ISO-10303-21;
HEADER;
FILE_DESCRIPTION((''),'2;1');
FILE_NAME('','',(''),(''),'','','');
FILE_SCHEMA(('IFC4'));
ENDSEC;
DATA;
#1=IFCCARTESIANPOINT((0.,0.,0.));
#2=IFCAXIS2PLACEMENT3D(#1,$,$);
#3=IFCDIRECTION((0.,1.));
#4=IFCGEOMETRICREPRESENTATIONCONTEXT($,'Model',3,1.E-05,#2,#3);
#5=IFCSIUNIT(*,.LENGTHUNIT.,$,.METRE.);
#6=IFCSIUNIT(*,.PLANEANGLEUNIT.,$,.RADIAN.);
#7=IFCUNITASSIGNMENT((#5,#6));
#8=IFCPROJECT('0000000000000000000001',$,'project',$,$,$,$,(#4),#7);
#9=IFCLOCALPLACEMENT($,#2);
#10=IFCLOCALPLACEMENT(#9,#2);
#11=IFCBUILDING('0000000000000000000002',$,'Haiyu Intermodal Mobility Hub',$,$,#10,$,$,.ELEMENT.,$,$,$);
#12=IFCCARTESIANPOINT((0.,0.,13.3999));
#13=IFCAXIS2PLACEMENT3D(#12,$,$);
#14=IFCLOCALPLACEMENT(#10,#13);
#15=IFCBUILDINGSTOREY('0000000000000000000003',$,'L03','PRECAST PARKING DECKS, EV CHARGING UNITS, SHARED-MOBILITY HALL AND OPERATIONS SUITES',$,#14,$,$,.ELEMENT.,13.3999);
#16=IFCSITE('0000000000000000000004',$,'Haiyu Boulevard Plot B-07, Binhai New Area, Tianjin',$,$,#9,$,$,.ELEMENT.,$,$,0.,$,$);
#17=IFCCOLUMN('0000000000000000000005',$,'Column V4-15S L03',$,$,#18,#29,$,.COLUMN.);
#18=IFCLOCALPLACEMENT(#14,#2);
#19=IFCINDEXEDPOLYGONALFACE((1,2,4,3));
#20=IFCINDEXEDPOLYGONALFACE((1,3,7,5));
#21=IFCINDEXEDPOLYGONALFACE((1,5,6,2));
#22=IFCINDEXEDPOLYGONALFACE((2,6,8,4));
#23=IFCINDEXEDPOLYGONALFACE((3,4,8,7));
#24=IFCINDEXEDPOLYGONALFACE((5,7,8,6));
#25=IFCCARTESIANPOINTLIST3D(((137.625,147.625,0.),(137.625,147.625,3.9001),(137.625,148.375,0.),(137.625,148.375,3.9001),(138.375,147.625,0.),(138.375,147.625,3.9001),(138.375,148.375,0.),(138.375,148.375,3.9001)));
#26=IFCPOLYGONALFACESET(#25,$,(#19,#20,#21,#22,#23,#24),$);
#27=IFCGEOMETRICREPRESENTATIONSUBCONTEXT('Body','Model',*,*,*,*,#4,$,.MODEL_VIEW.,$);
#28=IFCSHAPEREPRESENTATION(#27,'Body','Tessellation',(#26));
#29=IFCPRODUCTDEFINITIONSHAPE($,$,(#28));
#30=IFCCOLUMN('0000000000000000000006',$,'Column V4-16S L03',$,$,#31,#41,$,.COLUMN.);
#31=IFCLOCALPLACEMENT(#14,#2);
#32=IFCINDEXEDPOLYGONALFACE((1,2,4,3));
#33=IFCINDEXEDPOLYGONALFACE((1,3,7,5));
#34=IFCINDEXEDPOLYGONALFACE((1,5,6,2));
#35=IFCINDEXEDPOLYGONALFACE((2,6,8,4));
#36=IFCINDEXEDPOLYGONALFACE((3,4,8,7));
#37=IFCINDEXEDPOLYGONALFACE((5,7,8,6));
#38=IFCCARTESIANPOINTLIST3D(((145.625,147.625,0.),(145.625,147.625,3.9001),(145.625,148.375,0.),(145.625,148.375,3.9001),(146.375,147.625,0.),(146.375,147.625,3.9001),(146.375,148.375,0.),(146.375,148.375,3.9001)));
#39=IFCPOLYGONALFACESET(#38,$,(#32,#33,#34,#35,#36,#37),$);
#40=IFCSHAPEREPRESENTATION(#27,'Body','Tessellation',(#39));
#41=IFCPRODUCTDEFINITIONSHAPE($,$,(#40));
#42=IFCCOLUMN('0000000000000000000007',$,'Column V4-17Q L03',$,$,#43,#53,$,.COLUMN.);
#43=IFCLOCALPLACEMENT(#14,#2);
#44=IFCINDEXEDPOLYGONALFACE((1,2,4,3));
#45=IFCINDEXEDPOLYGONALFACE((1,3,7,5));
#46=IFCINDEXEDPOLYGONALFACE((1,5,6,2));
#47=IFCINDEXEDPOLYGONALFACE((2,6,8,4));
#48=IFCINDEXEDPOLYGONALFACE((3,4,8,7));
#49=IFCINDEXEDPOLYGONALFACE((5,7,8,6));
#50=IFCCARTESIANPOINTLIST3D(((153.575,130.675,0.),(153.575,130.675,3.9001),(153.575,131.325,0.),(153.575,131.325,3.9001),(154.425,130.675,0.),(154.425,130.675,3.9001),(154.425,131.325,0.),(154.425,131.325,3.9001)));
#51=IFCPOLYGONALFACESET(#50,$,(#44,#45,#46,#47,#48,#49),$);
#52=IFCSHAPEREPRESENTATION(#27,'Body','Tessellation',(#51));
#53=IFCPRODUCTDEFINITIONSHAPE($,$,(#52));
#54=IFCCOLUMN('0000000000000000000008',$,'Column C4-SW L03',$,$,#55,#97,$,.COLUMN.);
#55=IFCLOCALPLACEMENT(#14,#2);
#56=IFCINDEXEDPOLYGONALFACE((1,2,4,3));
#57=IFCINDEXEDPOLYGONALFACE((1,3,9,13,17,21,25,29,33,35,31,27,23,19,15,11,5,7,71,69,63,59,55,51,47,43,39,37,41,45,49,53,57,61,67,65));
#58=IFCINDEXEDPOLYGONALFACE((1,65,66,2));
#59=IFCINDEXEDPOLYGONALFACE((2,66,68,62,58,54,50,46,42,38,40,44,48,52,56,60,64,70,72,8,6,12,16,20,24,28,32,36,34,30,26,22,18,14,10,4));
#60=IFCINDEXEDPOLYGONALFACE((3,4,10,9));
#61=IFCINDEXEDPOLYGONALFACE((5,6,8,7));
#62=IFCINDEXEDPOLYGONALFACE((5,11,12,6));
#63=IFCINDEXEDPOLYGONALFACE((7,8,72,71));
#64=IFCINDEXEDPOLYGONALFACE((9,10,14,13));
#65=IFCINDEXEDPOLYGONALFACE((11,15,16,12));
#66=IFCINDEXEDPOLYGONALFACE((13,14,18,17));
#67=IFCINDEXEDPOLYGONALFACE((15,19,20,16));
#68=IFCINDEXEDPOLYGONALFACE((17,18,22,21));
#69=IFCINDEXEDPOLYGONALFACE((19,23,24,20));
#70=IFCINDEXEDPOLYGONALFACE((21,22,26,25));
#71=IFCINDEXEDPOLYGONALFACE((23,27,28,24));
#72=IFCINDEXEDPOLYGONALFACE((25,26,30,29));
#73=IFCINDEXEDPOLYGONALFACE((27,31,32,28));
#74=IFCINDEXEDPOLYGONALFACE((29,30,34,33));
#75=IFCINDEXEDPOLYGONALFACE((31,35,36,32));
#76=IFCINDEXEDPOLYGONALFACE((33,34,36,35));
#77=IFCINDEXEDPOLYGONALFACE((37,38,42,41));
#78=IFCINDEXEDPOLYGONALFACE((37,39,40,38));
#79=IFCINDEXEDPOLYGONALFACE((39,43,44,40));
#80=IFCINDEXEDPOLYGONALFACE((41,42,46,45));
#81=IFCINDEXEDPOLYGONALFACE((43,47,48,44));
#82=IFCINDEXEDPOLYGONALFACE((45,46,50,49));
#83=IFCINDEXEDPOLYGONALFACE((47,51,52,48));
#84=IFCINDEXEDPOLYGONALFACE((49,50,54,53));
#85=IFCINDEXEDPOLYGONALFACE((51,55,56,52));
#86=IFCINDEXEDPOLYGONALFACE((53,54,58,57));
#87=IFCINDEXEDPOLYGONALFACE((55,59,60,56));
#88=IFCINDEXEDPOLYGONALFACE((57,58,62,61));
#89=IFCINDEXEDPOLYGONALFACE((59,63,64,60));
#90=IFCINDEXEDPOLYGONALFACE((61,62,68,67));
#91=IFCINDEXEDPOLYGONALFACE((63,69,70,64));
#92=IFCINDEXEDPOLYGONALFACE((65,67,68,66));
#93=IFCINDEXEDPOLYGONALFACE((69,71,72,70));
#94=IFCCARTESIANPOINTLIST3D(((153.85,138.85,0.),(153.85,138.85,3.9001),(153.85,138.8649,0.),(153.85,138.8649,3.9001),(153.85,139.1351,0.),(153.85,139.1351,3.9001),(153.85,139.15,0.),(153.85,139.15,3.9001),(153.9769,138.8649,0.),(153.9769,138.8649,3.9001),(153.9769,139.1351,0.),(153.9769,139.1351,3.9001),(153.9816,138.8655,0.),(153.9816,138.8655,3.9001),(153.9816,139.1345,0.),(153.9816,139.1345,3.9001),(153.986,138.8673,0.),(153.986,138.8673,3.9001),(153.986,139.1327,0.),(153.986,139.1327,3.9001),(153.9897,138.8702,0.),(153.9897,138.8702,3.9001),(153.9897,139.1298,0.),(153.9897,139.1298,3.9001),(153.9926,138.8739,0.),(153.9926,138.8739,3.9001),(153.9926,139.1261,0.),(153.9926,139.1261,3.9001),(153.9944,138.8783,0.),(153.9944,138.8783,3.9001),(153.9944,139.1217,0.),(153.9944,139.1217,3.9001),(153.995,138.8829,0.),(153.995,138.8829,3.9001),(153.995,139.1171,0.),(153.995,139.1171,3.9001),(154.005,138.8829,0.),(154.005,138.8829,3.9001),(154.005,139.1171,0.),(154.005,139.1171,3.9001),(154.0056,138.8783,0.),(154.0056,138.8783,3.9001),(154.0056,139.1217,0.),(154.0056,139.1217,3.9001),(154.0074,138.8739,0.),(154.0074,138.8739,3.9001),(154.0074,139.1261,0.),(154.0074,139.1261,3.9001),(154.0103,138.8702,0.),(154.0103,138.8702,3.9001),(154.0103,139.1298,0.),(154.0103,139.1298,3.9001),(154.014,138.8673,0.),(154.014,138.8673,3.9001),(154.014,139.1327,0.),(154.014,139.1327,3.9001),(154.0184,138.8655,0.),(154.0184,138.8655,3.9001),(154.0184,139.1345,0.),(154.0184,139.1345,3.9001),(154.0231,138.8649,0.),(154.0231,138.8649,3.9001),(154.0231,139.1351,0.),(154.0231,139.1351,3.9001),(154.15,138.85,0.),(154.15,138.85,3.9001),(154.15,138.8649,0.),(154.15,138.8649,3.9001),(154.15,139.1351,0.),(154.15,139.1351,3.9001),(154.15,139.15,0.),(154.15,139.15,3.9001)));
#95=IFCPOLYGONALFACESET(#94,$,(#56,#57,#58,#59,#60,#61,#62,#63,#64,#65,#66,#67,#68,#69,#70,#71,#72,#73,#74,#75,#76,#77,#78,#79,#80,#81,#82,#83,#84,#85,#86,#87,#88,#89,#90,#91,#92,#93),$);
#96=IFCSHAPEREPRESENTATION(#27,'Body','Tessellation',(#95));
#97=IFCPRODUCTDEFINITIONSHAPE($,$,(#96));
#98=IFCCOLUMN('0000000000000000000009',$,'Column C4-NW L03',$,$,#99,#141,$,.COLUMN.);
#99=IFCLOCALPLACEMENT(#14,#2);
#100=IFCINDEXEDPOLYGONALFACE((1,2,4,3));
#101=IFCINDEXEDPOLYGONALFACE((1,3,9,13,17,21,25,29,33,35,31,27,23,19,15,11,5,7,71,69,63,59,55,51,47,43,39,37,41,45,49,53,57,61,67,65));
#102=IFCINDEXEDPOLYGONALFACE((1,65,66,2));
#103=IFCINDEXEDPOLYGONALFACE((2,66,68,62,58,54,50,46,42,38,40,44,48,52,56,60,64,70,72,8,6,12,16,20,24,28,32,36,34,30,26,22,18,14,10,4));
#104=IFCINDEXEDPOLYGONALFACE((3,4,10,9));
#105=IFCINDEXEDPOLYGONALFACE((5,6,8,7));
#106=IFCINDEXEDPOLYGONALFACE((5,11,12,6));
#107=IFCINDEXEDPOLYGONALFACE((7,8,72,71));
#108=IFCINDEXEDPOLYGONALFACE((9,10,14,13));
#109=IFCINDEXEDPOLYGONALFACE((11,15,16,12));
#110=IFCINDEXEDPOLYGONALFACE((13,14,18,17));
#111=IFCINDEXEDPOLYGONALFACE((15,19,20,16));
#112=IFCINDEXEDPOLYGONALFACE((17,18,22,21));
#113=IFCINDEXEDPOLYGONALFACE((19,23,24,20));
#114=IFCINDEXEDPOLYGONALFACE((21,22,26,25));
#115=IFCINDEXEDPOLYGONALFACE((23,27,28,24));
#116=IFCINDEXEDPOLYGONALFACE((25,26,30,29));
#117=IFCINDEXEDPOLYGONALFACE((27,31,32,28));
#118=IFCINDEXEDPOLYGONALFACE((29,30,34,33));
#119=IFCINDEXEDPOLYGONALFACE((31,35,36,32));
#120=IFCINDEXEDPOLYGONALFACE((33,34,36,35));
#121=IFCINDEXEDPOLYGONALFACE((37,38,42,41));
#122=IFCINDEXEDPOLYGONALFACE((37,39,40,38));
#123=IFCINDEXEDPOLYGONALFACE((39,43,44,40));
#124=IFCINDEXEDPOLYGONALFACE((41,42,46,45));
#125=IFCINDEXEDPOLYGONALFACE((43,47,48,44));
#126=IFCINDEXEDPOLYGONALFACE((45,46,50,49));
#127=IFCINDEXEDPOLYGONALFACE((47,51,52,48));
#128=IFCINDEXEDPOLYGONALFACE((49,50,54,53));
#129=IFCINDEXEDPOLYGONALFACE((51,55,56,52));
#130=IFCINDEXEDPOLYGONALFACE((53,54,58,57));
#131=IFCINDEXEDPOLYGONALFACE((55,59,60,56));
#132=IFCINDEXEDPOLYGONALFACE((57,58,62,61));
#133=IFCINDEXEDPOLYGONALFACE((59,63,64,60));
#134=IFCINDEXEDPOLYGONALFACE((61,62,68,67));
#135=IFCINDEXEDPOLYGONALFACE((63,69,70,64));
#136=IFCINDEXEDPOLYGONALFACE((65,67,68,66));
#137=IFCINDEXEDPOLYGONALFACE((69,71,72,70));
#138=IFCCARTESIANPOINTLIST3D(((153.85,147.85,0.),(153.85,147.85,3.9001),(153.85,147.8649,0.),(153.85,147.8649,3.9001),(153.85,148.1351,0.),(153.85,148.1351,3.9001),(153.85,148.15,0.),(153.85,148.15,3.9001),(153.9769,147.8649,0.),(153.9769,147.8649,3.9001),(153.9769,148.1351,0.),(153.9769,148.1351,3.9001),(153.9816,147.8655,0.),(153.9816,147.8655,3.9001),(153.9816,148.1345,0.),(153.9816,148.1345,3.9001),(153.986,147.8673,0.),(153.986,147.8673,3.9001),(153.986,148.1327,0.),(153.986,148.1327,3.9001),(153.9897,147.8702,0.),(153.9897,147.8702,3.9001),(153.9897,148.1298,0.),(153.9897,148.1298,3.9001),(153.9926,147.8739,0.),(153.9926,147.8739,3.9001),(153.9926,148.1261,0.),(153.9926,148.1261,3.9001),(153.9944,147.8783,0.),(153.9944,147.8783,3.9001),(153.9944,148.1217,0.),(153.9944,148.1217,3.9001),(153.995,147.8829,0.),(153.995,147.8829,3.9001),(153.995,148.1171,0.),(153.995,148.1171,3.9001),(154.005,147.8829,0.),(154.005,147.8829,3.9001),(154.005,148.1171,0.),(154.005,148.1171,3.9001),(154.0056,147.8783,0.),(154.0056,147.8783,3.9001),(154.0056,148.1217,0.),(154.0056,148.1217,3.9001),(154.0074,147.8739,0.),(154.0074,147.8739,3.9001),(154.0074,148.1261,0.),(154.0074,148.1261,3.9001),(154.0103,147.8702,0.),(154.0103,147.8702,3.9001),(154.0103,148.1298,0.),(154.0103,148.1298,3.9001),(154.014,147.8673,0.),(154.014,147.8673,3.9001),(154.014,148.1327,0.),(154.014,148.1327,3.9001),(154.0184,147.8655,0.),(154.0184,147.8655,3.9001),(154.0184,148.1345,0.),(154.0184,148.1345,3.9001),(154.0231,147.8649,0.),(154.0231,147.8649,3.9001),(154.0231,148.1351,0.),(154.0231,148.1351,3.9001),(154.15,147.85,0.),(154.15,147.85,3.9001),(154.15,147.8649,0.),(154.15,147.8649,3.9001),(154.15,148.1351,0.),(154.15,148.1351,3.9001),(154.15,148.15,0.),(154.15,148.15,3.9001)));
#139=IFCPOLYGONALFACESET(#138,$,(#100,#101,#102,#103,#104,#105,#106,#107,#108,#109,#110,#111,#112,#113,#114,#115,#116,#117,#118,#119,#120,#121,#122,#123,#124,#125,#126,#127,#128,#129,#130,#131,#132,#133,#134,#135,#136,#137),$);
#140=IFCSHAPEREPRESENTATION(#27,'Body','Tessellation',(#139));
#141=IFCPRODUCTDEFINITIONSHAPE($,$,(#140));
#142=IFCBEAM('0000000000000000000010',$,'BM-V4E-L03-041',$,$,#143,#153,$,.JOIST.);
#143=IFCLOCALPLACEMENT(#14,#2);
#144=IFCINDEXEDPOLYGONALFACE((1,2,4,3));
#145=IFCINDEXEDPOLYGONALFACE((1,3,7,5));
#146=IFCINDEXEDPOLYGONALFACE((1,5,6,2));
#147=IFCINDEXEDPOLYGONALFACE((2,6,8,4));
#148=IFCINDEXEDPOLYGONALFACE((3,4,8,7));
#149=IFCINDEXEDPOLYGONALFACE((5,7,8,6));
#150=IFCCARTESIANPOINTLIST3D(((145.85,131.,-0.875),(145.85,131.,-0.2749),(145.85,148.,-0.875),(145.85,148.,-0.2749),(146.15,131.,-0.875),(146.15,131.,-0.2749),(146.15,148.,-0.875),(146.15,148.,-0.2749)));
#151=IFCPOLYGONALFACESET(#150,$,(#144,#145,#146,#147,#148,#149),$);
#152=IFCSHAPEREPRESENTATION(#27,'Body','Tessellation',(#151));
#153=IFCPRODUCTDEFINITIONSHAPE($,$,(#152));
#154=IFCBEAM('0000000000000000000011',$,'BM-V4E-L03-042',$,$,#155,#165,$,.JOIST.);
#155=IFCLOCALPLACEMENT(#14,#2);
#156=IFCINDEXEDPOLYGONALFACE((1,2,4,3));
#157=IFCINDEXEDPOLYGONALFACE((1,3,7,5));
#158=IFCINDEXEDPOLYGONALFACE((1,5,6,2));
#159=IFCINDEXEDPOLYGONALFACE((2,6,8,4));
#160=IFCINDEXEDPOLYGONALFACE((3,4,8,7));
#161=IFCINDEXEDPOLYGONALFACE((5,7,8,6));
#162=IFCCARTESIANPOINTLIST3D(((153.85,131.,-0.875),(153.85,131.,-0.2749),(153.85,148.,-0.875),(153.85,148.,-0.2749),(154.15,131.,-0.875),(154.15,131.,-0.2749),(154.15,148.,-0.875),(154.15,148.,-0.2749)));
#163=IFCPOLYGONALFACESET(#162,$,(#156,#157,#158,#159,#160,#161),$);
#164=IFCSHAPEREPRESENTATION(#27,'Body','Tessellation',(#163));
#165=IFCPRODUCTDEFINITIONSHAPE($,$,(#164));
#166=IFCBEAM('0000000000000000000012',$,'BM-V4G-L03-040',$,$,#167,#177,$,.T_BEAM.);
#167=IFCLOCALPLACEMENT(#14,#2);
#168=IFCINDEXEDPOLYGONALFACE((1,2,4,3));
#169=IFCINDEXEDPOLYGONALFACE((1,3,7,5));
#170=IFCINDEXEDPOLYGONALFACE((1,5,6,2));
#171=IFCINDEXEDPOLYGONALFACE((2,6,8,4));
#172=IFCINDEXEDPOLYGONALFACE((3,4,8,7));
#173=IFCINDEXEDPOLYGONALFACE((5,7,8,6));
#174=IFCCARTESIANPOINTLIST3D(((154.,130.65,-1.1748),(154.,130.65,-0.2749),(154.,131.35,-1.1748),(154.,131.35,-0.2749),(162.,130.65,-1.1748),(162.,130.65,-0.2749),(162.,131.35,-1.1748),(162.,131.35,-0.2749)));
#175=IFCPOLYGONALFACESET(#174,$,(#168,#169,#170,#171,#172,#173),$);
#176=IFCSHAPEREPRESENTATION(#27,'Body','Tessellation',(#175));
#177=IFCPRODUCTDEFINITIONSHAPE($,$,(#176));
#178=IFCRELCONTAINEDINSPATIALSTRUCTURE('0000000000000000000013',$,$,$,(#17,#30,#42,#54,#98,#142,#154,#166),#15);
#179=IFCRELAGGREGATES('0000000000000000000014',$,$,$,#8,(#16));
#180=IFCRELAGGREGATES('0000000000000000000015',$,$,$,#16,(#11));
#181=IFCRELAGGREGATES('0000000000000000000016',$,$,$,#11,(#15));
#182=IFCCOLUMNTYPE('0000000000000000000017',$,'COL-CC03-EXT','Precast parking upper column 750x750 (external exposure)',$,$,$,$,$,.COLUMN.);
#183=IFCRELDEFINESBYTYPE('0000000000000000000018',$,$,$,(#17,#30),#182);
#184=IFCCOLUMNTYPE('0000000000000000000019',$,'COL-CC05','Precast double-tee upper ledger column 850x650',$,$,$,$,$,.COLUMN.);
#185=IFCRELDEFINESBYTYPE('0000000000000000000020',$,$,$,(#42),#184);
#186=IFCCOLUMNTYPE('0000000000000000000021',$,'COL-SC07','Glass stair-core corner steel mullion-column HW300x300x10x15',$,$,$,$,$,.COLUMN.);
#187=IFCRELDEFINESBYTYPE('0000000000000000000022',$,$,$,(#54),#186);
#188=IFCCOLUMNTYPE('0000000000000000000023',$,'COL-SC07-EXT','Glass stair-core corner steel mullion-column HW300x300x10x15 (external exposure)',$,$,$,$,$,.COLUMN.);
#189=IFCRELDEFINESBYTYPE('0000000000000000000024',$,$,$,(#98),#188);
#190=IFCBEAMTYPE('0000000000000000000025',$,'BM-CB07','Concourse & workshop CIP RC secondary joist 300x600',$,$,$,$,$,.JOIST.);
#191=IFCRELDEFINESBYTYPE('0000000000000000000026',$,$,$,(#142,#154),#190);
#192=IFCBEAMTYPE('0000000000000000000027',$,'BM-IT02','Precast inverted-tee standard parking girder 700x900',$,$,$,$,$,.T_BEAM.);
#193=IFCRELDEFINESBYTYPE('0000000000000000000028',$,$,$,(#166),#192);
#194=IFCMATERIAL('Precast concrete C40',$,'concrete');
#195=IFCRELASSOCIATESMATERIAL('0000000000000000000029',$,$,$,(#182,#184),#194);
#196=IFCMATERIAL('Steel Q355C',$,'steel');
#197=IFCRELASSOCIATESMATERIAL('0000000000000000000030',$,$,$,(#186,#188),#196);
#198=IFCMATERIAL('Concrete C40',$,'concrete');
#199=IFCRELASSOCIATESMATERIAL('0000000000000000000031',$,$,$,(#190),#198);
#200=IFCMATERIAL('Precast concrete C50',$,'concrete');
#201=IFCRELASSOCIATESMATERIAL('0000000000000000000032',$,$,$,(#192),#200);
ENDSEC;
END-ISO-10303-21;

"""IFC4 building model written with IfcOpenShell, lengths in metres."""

from ifc_helpers import new_model, si_unit, direction, frame, origin, origin_2d, place, context, subcontext, project, spatial, rectangle, i_section, extrude, material, material_profile, profile_set, type_object, element, save


model = new_model("IFC4")

# Units and contexts
model_context = context("Model", 3, precision=1e-05, world=origin(), true_north=direction((0.0, 1.0)))
body_context = subcontext(model_context, "Body", "Model", "MODEL_VIEW")
ifc_project = project(units=[si_unit("LENGTHUNIT", "METRE"), si_unit("PLANEANGLEUNIT", "RADIAN")], contexts=[model_context])

# Site, building, storey
site_placement = place(None, origin())
site = spatial("IfcSite", under=ifc_project, at=site_placement, Name="Haiyu Boulevard Plot B-07, Binhai New Area, Tianjin", CompositionType="ELEMENT", RefElevation=0.0)
building_placement = place(site_placement, origin())
building = spatial("IfcBuilding", under=site, at=building_placement, Name="Haiyu Intermodal Mobility Hub", CompositionType="ELEMENT")
storey_placement = place(building_placement, frame((0.0, 0.0, 13.3999)))
storey = spatial("IfcBuildingStorey", under=building, at=storey_placement, Name="L03", Description="PRECAST PARKING DECKS, EV CHARGING UNITS, SHARED-MOBILITY HALL AND OPERATIONS SUITES", CompositionType="ELEMENT", Elevation=13.3999)

# Columns
ifc_material_1 = material(Name="Precast concrete C40", Category="concrete")
ifc_material_profile_1 = material_profile(ifc_material_1, rectangle(XDim=0.75, YDim=0.75, at=origin_2d()), Name="RC750x750")
ifc_profile_set_1 = profile_set([ifc_material_profile_1], Name="Precast concrete C40")
column_type_1 = type_object("IfcColumnType", Name="COL-CC03-EXT", Description="Precast parking upper column 750x750 (external exposure)", PredefinedType="COLUMN", material=ifc_profile_set_1)
for number, where, z_axis, x_axis, name in (
    (1, (138.0, 148.0, 0.0), (0.0, 0.0, 1.0), (1.0, 0.0, 0.0), "Column V4-15S L03"),
    (2, (146.0, 148.0, 0.0), (0.0, 0.0, 1.0), (1.0, 0.0, 0.0), "Column V4-16S L03"),
):
    element("IfcColumn", number, at=place(storey_placement, frame(where, z_axis=z_axis, x_axis=x_axis)), inside=storey, type_object=column_type_1, Name=name, PredefinedType="COLUMN", context=body_context, shape_type="SweptSolid", body=[
        extrude(rectangle(XDim=0.75, YDim=0.75, at=origin_2d()), origin(), (0.0, 0.0, 1.0), 3.9001),
    ])
ifc_material_profile_2 = material_profile(ifc_material_1, rectangle(XDim=0.8501, YDim=0.6499, at=origin_2d()), Name="RC850x650")
ifc_profile_set_2 = profile_set([ifc_material_profile_2], Name="Precast concrete C40")
column_type_2 = type_object("IfcColumnType", Name="COL-CC05", Description="Precast double-tee upper ledger column 850x650", PredefinedType="COLUMN", material=ifc_profile_set_2)
column_1_placement = place(storey_placement, frame((154.0, 131.0, 0.0), z_axis=(0.0, 0.0, 1.0), x_axis=(1.0, 0.0, 0.0)))
element("IfcColumn", 3, at=column_1_placement, inside=storey, type_object=column_type_2, Name="Column V4-17Q L03", PredefinedType="COLUMN", context=body_context, shape_type="SweptSolid", body=[
    extrude(rectangle(XDim=0.8501, YDim=0.6499, at=origin_2d()), origin(), (0.0, 0.0, 1.0), 3.9001),
])
ifc_material_2 = material(Name="Steel Q355C", Category="steel")
ifc_material_profile_3 = material_profile(ifc_material_2, i_section(OverallWidth=0.3, OverallDepth=0.3, WebThickness=0.01, FlangeThickness=0.0149, FilletRadius=0.0181, at=origin_2d()), Name="HW300x300x10x15")
ifc_profile_set_3 = profile_set([ifc_material_profile_3], Name="Steel Q355C")
column_type_3 = type_object("IfcColumnType", Name="COL-SC07", Description="Glass stair-core corner steel mullion-column HW300x300x10x15", PredefinedType="COLUMN", material=ifc_profile_set_3)
column_2_placement = place(storey_placement, frame((154.0, 139.0, 0.0), z_axis=(0.0, 0.0, 1.0), x_axis=(1.0, 0.0, 0.0)))
element("IfcColumn", 4, at=column_2_placement, inside=storey, type_object=column_type_3, Name="Column C4-SW L03", PredefinedType="COLUMN", context=body_context, shape_type="SweptSolid", body=[
    extrude(i_section(OverallWidth=0.3, OverallDepth=0.3, WebThickness=0.01, FlangeThickness=0.0149, FilletRadius=0.0181, at=origin_2d()), origin(), (0.0, 0.0, 1.0), 3.9001),
])
ifc_material_profile_4 = material_profile(ifc_material_2, i_section(OverallWidth=0.3, OverallDepth=0.3, WebThickness=0.01, FlangeThickness=0.0149, FilletRadius=0.0181, at=origin_2d()), Name="HW300x300x10x15")
ifc_profile_set_4 = profile_set([ifc_material_profile_4], Name="Steel Q355C")
column_type_4 = type_object("IfcColumnType", Name="COL-SC07-EXT", Description="Glass stair-core corner steel mullion-column HW300x300x10x15 (external exposure)", PredefinedType="COLUMN", material=ifc_profile_set_4)
column_3_placement = place(storey_placement, frame((154.0, 148.0, 0.0), z_axis=(0.0, 0.0, 1.0), x_axis=(1.0, 0.0, 0.0)))
element("IfcColumn", 5, at=column_3_placement, inside=storey, type_object=column_type_4, Name="Column C4-NW L03", PredefinedType="COLUMN", context=body_context, shape_type="SweptSolid", body=[
    extrude(i_section(OverallWidth=0.3, OverallDepth=0.3, WebThickness=0.01, FlangeThickness=0.0149, FilletRadius=0.0181, at=origin_2d()), origin(), (0.0, 0.0, 1.0), 3.9001),
])

# Beams
ifc_material_3 = material(Name="Concrete C40", Category="concrete")
ifc_material_profile_5 = material_profile(ifc_material_3, rectangle(XDim=0.3, YDim=0.6001, at=origin_2d()), Name="RCB300x600")
ifc_profile_set_5 = profile_set([ifc_material_profile_5], Name="Concrete C40")
beam_type_1 = type_object("IfcBeamType", Name="BM-CB07", Description="Concourse & workshop CIP RC secondary joist 300x600", PredefinedType="JOIST", material=ifc_profile_set_5)
for number, where, z_axis, x_axis, name in (
    (6, (146.0, 131.0, -0.575), (0.0, 1.0, 0.0), (-1.0, 0.0, 0.0), "BM-V4E-L03-041"),
    (7, (154.0, 131.0, -0.575), (0.0, 1.0, 0.0), (-1.0, 0.0, 0.0), "BM-V4E-L03-042"),
):
    element("IfcBeam", number, at=place(storey_placement, frame(where, z_axis=z_axis, x_axis=x_axis)), inside=storey, type_object=beam_type_1, Name=name, PredefinedType="JOIST", context=body_context, shape_type="SweptSolid", body=[
        extrude(rectangle(XDim=0.3, YDim=0.6001, at=origin_2d()), origin(), (0.0, 0.0, 1.0), 17.0),
    ])
ifc_material_4 = material(Name="Precast concrete C50", Category="concrete")
ifc_material_profile_6 = material_profile(ifc_material_4, rectangle(XDim=0.7, YDim=0.8999, at=origin_2d()), Name="PC700x900")
ifc_profile_set_6 = profile_set([ifc_material_profile_6], Name="Precast concrete C50")
beam_type_2 = type_object("IfcBeamType", Name="BM-IT02", Description="Precast inverted-tee standard parking girder 700x900", PredefinedType="T_BEAM", material=ifc_profile_set_6)
beam_placement = place(storey_placement, frame((154.0, 131.0, -0.7249), z_axis=(1.0, 0.0, 0.0), x_axis=(0.0, 1.0, 0.0)))
element("IfcBeam", 8, at=beam_placement, inside=storey, type_object=beam_type_2, Name="BM-V4G-L03-040", PredefinedType="T_BEAM", context=body_context, shape_type="SweptSolid", body=[
    extrude(rectangle(XDim=0.7, YDim=0.8999, at=origin_2d()), origin(), (0.0, 0.0, 1.0), 8.0),
])

save(model, "model.ifc")
